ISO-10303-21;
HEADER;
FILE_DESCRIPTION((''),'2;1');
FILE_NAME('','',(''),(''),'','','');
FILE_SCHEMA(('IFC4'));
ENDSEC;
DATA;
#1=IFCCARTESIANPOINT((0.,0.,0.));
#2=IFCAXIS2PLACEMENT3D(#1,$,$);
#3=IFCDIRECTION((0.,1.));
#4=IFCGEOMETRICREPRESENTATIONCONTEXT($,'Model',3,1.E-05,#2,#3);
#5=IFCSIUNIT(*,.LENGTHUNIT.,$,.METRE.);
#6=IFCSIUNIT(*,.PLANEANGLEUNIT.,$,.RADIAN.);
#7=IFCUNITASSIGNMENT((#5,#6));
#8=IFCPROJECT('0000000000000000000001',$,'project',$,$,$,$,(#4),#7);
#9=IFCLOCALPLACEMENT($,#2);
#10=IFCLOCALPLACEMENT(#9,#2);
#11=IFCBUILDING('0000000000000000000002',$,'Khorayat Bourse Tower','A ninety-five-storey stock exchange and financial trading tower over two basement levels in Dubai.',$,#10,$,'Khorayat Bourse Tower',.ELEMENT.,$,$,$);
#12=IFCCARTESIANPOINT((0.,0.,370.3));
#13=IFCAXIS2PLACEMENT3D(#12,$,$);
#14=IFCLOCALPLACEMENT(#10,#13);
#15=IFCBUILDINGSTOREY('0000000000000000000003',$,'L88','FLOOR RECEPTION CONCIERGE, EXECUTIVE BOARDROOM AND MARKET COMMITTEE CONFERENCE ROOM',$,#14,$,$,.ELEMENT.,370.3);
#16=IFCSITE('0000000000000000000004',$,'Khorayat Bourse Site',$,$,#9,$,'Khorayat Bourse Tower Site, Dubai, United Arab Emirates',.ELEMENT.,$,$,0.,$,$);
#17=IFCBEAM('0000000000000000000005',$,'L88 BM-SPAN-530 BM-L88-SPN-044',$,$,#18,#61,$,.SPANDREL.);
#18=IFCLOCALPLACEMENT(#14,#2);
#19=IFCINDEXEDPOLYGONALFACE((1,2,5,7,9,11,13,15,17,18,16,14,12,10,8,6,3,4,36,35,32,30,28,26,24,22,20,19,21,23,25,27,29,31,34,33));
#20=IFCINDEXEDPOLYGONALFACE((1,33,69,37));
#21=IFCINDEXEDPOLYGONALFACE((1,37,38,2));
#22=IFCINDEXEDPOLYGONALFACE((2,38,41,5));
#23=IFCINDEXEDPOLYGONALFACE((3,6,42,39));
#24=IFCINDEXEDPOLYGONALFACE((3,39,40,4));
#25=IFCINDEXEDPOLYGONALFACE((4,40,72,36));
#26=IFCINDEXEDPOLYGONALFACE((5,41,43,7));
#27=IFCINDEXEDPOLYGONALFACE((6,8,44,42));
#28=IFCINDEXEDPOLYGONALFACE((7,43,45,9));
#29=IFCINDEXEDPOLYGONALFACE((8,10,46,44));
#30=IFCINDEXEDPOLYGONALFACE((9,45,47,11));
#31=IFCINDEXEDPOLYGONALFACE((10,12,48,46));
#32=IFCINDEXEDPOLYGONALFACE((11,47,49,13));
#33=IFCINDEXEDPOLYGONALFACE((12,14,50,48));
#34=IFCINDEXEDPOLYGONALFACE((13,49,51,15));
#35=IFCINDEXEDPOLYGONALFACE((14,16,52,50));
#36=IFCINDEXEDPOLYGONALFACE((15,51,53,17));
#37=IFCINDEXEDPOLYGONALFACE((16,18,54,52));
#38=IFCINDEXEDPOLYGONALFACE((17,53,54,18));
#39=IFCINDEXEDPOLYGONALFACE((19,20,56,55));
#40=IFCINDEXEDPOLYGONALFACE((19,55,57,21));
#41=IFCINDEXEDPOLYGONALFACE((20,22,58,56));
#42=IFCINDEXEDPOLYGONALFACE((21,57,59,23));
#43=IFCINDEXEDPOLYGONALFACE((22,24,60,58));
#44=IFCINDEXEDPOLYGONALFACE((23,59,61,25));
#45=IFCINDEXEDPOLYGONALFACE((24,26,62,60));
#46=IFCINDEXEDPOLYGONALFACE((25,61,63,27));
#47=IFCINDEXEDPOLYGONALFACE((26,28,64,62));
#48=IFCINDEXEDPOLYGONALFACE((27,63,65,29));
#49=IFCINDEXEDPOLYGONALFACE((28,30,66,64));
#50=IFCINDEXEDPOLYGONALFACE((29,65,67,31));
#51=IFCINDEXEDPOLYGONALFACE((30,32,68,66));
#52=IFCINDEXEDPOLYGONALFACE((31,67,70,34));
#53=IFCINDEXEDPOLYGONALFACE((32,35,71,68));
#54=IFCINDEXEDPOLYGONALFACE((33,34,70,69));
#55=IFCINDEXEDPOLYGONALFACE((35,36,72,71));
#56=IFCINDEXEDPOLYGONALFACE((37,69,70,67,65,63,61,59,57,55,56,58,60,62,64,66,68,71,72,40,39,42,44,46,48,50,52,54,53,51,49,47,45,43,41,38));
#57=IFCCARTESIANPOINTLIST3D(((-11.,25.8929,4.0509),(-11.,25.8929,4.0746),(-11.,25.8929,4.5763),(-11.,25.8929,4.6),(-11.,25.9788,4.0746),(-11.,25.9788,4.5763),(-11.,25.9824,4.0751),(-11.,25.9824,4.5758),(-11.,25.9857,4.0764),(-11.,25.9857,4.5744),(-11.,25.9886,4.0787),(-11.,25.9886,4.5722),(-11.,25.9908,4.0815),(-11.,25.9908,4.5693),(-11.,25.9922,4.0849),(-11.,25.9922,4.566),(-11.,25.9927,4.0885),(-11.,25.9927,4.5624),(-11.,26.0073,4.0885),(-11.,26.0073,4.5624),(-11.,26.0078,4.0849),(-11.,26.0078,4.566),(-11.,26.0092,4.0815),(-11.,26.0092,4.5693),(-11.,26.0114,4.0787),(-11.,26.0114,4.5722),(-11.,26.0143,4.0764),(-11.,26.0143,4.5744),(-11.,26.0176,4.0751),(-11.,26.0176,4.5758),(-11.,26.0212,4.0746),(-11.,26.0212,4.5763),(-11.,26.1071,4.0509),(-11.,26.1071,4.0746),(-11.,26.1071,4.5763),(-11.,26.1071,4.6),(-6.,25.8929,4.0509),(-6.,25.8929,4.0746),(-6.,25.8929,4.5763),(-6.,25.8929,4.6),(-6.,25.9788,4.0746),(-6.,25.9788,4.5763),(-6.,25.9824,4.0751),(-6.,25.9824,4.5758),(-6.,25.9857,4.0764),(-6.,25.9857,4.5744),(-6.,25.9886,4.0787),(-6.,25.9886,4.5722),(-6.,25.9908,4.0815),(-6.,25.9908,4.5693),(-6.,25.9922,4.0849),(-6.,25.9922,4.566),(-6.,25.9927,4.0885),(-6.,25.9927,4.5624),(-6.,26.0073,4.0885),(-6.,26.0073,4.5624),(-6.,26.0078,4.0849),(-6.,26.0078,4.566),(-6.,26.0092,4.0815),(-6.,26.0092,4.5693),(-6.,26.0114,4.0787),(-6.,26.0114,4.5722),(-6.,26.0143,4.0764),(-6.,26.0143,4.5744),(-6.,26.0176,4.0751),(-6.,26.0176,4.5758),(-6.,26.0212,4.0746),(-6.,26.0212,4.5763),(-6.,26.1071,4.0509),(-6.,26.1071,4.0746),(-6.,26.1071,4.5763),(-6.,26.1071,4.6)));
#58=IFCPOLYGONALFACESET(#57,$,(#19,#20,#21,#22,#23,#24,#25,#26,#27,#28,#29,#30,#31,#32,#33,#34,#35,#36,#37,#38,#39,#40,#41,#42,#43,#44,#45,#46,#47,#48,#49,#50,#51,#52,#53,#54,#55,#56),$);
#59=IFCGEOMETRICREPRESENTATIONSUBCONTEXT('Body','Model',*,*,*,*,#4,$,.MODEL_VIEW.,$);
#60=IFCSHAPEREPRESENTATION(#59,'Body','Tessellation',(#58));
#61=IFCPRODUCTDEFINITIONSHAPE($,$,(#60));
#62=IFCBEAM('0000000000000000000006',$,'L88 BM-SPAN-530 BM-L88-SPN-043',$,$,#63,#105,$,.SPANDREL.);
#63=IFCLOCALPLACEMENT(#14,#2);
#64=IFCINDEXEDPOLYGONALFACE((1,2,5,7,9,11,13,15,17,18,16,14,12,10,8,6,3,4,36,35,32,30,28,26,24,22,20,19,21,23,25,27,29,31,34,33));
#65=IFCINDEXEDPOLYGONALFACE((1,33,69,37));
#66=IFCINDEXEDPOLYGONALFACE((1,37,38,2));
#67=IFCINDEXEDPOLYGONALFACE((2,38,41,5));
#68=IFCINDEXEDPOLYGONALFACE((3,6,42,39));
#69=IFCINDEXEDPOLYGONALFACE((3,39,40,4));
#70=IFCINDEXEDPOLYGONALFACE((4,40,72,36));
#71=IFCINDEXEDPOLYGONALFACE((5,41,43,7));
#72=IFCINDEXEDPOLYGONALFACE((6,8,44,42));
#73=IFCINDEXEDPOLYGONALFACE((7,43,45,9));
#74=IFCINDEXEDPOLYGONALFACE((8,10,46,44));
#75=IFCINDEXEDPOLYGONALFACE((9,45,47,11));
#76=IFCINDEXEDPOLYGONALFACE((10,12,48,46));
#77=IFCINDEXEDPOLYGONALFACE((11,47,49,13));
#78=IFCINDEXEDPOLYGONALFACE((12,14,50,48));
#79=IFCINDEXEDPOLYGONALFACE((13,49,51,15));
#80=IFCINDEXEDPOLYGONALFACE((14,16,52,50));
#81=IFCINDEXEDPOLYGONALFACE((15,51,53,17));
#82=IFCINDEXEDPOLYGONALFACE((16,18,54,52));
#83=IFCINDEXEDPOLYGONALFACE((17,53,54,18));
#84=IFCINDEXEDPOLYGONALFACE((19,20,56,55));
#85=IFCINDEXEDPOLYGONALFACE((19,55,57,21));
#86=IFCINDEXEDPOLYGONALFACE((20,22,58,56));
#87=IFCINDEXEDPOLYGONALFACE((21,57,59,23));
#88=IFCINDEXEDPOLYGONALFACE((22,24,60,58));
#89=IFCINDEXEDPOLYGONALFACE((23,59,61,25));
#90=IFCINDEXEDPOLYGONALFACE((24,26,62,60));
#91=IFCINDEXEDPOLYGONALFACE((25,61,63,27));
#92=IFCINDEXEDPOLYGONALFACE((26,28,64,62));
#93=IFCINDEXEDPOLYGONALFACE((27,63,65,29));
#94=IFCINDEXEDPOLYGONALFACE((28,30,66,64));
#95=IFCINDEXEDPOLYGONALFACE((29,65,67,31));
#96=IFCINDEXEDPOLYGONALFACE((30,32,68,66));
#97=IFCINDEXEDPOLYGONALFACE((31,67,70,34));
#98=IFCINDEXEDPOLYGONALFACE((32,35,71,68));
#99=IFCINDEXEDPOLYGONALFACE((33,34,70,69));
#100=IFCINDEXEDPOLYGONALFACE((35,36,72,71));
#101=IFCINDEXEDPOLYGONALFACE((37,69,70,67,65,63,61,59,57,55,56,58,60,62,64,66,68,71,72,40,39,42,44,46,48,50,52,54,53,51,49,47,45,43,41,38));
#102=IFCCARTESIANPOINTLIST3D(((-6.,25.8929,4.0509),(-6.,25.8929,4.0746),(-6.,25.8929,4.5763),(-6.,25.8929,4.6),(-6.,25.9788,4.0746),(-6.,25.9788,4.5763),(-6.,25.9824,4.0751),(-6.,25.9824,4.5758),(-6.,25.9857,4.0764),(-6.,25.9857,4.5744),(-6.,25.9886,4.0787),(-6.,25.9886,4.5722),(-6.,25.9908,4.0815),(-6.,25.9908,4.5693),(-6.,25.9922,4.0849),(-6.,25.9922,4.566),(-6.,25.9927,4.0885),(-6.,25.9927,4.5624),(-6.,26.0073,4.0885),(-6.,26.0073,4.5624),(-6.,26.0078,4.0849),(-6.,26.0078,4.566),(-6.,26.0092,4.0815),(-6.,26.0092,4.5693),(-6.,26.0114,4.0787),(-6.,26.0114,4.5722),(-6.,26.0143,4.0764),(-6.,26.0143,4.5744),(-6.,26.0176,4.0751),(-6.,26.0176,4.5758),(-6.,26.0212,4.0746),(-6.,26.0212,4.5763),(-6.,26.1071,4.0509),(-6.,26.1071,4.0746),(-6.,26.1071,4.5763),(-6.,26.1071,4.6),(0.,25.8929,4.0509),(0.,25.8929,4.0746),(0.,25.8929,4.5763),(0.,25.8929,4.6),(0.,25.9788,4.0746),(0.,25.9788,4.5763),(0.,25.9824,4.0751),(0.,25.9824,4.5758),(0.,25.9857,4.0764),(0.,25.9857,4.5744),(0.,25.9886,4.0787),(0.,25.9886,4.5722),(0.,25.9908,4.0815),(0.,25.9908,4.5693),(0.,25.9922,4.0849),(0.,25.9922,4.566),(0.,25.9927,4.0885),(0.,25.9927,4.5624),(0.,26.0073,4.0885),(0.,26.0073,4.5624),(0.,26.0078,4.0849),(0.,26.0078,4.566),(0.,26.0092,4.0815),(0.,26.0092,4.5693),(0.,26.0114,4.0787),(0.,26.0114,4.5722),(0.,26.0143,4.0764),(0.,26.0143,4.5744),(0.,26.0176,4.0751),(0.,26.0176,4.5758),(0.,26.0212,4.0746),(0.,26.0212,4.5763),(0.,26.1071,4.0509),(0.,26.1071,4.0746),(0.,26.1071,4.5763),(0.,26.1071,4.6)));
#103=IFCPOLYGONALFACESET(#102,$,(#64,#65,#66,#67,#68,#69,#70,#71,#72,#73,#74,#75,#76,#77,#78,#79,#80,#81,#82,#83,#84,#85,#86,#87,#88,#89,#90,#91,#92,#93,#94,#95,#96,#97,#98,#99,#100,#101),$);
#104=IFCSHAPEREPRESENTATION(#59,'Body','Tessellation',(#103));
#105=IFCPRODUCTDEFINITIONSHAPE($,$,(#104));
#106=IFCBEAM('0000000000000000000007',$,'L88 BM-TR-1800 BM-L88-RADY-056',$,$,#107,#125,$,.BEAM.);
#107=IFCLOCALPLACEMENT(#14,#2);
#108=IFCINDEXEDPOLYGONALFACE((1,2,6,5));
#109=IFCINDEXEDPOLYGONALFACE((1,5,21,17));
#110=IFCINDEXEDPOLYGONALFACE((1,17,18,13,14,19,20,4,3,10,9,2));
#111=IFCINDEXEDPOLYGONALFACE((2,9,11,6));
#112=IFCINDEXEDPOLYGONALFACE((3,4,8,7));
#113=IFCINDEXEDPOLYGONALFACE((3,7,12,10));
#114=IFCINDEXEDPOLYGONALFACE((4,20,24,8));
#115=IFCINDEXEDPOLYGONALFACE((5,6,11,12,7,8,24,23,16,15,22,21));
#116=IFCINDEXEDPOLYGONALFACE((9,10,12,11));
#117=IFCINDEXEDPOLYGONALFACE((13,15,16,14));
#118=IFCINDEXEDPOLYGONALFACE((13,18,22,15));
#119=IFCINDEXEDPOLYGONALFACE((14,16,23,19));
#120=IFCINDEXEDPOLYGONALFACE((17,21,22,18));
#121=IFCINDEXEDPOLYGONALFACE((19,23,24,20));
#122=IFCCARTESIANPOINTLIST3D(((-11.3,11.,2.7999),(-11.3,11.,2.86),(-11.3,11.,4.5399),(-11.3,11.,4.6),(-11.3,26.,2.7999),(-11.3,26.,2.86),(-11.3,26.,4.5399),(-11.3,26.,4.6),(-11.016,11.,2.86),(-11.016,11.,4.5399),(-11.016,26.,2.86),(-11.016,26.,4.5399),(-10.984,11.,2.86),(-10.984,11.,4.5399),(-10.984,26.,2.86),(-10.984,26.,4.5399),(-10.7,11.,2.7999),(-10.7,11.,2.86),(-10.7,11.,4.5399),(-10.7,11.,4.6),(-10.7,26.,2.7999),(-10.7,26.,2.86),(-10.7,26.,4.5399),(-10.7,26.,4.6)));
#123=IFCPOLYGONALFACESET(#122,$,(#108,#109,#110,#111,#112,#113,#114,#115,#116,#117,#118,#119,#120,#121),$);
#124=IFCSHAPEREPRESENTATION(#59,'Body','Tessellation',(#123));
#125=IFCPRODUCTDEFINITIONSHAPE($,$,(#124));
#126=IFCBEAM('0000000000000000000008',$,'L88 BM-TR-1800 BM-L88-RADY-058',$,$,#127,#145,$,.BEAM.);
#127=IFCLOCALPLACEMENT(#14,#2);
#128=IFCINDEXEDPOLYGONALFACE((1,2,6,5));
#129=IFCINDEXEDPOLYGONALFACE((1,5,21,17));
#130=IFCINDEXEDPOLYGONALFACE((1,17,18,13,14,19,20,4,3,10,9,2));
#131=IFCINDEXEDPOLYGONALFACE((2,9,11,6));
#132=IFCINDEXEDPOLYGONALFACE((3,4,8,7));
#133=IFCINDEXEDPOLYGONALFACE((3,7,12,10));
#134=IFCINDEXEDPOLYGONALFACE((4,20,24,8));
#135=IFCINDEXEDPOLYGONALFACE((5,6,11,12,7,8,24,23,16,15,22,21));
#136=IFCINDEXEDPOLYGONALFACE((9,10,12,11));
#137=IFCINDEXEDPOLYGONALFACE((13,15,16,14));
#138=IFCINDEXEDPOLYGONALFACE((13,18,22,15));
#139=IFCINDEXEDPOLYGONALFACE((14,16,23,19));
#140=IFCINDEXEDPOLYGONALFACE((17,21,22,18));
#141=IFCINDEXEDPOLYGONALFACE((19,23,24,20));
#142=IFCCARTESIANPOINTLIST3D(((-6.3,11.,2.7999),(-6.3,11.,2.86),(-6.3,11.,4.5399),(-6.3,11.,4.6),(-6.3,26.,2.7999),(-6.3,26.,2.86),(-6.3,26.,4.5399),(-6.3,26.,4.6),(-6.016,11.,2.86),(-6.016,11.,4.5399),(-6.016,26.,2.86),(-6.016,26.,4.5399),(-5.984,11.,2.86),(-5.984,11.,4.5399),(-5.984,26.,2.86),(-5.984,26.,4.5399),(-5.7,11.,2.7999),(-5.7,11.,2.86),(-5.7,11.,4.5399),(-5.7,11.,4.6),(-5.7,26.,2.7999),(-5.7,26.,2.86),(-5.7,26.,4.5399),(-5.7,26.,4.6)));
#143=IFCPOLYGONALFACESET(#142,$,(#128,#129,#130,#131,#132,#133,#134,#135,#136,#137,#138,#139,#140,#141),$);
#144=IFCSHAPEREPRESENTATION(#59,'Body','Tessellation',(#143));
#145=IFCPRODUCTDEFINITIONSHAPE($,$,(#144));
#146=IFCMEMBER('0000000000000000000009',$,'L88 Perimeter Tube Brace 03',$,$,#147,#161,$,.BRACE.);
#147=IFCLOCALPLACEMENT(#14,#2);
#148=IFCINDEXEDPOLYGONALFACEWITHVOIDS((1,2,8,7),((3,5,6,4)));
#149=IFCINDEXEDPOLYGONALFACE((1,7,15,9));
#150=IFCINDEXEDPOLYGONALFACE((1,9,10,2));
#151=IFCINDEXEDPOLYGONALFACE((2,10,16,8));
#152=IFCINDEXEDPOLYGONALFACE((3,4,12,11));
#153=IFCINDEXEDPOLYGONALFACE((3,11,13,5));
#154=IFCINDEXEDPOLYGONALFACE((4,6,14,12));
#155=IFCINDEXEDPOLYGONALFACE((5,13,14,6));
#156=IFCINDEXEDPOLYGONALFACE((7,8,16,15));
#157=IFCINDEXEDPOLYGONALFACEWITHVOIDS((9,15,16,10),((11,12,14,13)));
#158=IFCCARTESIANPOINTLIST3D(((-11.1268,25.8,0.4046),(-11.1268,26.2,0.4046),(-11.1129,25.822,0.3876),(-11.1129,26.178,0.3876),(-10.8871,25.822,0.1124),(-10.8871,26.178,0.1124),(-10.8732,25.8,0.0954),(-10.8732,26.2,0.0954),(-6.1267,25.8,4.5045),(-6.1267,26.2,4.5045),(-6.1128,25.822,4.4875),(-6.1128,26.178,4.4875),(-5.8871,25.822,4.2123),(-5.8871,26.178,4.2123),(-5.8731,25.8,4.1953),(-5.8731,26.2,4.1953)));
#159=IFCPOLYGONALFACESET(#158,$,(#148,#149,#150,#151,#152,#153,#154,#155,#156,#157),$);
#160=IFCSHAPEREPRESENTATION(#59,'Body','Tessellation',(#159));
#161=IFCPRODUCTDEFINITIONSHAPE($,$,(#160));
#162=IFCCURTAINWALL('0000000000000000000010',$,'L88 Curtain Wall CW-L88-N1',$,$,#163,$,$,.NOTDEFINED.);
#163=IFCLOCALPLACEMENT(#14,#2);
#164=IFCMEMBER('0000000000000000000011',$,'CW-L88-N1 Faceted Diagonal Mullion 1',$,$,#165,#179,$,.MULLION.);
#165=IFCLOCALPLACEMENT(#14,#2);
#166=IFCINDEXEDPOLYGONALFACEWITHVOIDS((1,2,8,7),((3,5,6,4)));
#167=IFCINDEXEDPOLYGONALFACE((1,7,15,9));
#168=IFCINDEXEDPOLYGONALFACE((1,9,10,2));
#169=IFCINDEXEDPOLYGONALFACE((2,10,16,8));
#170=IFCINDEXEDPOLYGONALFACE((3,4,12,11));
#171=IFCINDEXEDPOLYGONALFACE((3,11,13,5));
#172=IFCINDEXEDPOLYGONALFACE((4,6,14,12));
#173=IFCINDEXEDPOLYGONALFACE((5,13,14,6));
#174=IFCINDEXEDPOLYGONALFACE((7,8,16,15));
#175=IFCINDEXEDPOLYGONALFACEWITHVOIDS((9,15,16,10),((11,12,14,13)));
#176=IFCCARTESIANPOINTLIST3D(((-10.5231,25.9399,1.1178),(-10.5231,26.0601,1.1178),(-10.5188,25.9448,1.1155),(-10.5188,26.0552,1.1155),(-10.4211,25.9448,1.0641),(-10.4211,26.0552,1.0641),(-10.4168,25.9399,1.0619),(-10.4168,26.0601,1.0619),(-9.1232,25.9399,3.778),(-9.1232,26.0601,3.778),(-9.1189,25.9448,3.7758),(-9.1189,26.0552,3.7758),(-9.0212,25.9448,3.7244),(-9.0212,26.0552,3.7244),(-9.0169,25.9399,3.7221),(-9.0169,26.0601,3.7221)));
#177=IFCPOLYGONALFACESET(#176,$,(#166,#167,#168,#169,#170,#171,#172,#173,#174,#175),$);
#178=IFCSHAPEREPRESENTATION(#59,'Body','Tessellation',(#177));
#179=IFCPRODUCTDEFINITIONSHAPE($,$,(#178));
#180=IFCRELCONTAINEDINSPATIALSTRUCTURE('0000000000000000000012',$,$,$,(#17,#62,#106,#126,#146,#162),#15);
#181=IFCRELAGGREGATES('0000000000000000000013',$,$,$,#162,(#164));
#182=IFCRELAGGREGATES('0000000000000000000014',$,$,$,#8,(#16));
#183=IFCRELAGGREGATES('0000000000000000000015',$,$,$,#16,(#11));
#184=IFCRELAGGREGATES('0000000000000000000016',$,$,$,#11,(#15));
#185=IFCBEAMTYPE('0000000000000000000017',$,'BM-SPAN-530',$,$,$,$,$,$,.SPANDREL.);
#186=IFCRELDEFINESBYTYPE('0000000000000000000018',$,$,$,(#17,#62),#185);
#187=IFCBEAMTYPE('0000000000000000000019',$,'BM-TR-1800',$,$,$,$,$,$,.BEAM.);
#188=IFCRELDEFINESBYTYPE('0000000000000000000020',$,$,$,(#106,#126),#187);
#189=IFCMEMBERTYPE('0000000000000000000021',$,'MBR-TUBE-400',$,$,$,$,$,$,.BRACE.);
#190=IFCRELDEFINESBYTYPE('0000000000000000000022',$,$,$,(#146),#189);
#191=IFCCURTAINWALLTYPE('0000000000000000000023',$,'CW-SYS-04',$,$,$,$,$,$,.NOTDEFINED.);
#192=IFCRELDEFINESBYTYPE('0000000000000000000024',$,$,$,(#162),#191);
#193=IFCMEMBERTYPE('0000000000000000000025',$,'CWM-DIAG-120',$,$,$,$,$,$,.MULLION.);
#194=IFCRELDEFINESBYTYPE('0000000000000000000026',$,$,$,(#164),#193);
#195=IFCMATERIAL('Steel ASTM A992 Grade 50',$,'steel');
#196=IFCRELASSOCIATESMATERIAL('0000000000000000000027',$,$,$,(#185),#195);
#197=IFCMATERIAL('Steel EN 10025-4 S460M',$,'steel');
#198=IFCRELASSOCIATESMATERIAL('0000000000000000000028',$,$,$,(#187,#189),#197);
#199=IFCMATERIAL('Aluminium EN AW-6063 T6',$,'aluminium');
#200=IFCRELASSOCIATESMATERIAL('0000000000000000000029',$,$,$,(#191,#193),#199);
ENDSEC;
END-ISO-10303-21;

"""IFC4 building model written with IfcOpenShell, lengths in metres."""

from ifc_helpers import new_model, si_unit, direction, frame, origin, origin_2d, place, context, subcontext, project, spatial, hollow_rectangle, i_section, extrude, source, transform, mapped, material, material_profile, profile_set, type_object, element, aggregate, save


model = new_model("IFC4")

# Units and contexts
model_context = context("Model", 3, precision=1e-05, world=origin(), true_north=direction((0.0, 1.0)))
body_context = subcontext(model_context, "Body", "Model", "MODEL_VIEW")
ifc_project = project(units=[si_unit("LENGTHUNIT", "METRE"), si_unit("PLANEANGLEUNIT", "RADIAN")], contexts=[model_context])

# Site, building, storey
site_placement = place(None, origin())
site = spatial("IfcSite", under=ifc_project, at=site_placement, Name="Khorayat Bourse Site", LongName="Khorayat Bourse Tower Site, Dubai, United Arab Emirates", CompositionType="ELEMENT", RefElevation=0.0)
building_placement = place(site_placement, origin())
building = spatial("IfcBuilding", under=site, at=building_placement, Name="Khorayat Bourse Tower", Description="A ninety-five-storey stock exchange and financial trading tower over two basement levels in Dubai.", LongName="Khorayat Bourse Tower", CompositionType="ELEMENT")
storey_placement = place(building_placement, frame((0.0, 0.0, 370.3)))
storey = spatial("IfcBuildingStorey", under=building, at=storey_placement, Name="L88", Description="FLOOR RECEPTION CONCIERGE, EXECUTIVE BOARDROOM AND MARKET COMMITTEE CONFERENCE ROOM", CompositionType="ELEMENT", Elevation=370.3)

# Beams
ifc_material_1 = material(Name="Steel ASTM A992 Grade 50", Category="steel")
ifc_material_profile_1 = material_profile(ifc_material_1, i_section(OverallWidth=0.2141, OverallDepth=0.5491, WebThickness=0.0146, FlangeThickness=0.0237, FilletRadius=0.0139, at=origin_2d()), Name="W530X138")
ifc_profile_set_1 = profile_set([ifc_material_profile_1], Name="Steel ASTM A992 Grade 50")
beam_type_1 = type_object("IfcBeamType", Name="BM-SPAN-530", PredefinedType="SPANDREL", material=ifc_profile_set_1)
shared_shape_1 = source(origin(), body_context, "Body", "SweptSolid", [
    extrude(i_section(OverallWidth=0.2141, OverallDepth=0.5491, WebThickness=0.0146, FlangeThickness=0.0237, FilletRadius=0.0139, at=origin_2d()), origin(), (0.0, 0.0, 1.0), 5.0),
])
beam_1_placement = place(storey_placement, frame((-11.0, 26.0, 4.3254), z_axis=(1.0, 0.0, 0.0), x_axis=(0.0, 1.0, 0.0)))
element("IfcBeam", 1, at=beam_1_placement, inside=storey, type_object=beam_type_1, Name="L88 BM-SPAN-530 BM-L88-SPN-044", PredefinedType="SPANDREL", context=body_context, shape_type="MappedRepresentation", body=[
    mapped(shared_shape_1, transform((0.0, 0.0, 0.0), scale=1.0)),
])
shared_shape_2 = source(origin(), body_context, "Body", "SweptSolid", [
    extrude(i_section(OverallWidth=0.2141, OverallDepth=0.5491, WebThickness=0.0146, FlangeThickness=0.0237, FilletRadius=0.0139, at=origin_2d()), origin(), (0.0, 0.0, 1.0), 6.0),
])
beam_2_placement = place(storey_placement, frame((-6.0, 26.0, 4.3254), z_axis=(1.0, 0.0, 0.0), x_axis=(0.0, 1.0, 0.0)))
element("IfcBeam", 2, at=beam_2_placement, inside=storey, type_object=beam_type_1, Name="L88 BM-SPAN-530 BM-L88-SPN-043", PredefinedType="SPANDREL", context=body_context, shape_type="MappedRepresentation", body=[
    mapped(shared_shape_2, transform((0.0, 0.0, 0.0), scale=1.0)),
])
ifc_material_2 = material(Name="Steel EN 10025-4 S460M", Category="steel")
ifc_material_profile_2 = material_profile(ifc_material_2, i_section(OverallWidth=0.6001, OverallDepth=1.8, WebThickness=0.032, FlangeThickness=0.0601, at=origin_2d()), Name="PG 1800x600x32x60")
ifc_profile_set_2 = profile_set([ifc_material_profile_2], Name="Steel EN 10025-4 S460M")
beam_type_2 = type_object("IfcBeamType", Name="BM-TR-1800", PredefinedType="BEAM", material=ifc_profile_set_2)
shared_shape_3 = source(origin(), body_context, "Body", "SweptSolid", [
    extrude(i_section(OverallWidth=0.6001, OverallDepth=1.8, WebThickness=0.032, FlangeThickness=0.0601, at=origin_2d()), origin(), (0.0, 0.0, 1.0), 15.0),
])
for number, where, z_axis, x_axis, name in (
    (3, (-11.0, 11.0, 3.7), (0.0, 1.0, 0.0), (-1.0, 0.0, 0.0), "L88 BM-TR-1800 BM-L88-RADY-056"),
    (4, (-6.0, 11.0, 3.7), (0.0, 1.0, 0.0), (-1.0, 0.0, 0.0), "L88 BM-TR-1800 BM-L88-RADY-058"),
):
    element("IfcBeam", number, at=place(storey_placement, frame(where, z_axis=z_axis, x_axis=x_axis)), inside=storey, type_object=beam_type_2, Name=name, PredefinedType="BEAM", context=body_context, shape_type="MappedRepresentation", body=[
        mapped(shared_shape_3, transform((0.0, 0.0, 0.0), scale=1.0)),
    ])

# Member
ifc_material_profile_3 = material_profile(ifc_material_2, hollow_rectangle(XDim=0.3999, YDim=0.3999, WallThickness=0.022, at=origin_2d()), Name="HSS 400x400x22")
ifc_profile_set_3 = profile_set([ifc_material_profile_3], Name="Steel EN 10025-4 S460M")
member_type_1 = type_object("IfcMemberType", Name="MBR-TUBE-400", PredefinedType="BRACE", material=ifc_profile_set_3)
shared_shape_4 = source(origin(), body_context, "Body", "SweptSolid", [
    extrude(hollow_rectangle(XDim=0.3999, YDim=0.3999, WallThickness=0.022, at=origin_2d()), origin(), (0.0, 0.0, 1.0), 6.4661),
])
member_1_placement = place(storey_placement, frame((-11.0, 26.0, 0.25), z_axis=(0.773279, 0.0, 0.634066), x_axis=(0.0, 1.0, 0.0)))
element("IfcMember", 5, at=member_1_placement, inside=storey, type_object=member_type_1, Name="L88 Perimeter Tube Brace 03", PredefinedType="BRACE", context=body_context, shape_type="MappedRepresentation", body=[
    mapped(shared_shape_4, transform((0.0, 0.0, 0.0), scale=1.0)),
])

# Curtain wall, member
ifc_material_3 = material(Name="Aluminium EN AW-6063 T6", Category="aluminium")
curtain_wall_type = type_object("IfcCurtainWallType", Name="CW-SYS-04", PredefinedType="NOTDEFINED", material=ifc_material_3)
curtain_wall_placement = place(storey_placement, origin())
curtain_wall = element("IfcCurtainWall", 6, at=curtain_wall_placement, inside=storey, type_object=curtain_wall_type, Name="L88 Curtain Wall CW-L88-N1", PredefinedType="NOTDEFINED")
ifc_material_profile_4 = material_profile(ifc_material_3, hollow_rectangle(XDim=0.1201, YDim=0.1201, WallThickness=0.0049, at=origin_2d()), Name="ALU 120x120x5")
ifc_profile_set_4 = profile_set([ifc_material_profile_4], Name="Aluminium EN AW-6063 T6")
member_type_2 = type_object("IfcMemberType", Name="CWM-DIAG-120", PredefinedType="MULLION", material=ifc_profile_set_4)
shared_shape_5 = source(origin(), body_context, "Body", "SweptSolid", [
    extrude(hollow_rectangle(XDim=0.1201, YDim=0.1201, WallThickness=0.0049, at=origin_2d()), origin(), (0.0, 0.0, 1.0), 3.0061),
])
member_2_placement = place(storey_placement, frame((-10.47, 26.0, 1.0898), z_axis=(0.4657, 0.0, 0.884943), x_axis=(0.0, 1.0, 0.0)))
member_2 = element("IfcMember", 7, at=member_2_placement, type_object=member_type_2, Name="CW-L88-N1 Faceted Diagonal Mullion 1", PredefinedType="MULLION", context=body_context, shape_type="MappedRepresentation", body=[
    mapped(shared_shape_5, transform((0.0, 0.0, 0.0), scale=1.0)),
])

aggregate(curtain_wall, [member_2])

save(model, "model.ifc")
